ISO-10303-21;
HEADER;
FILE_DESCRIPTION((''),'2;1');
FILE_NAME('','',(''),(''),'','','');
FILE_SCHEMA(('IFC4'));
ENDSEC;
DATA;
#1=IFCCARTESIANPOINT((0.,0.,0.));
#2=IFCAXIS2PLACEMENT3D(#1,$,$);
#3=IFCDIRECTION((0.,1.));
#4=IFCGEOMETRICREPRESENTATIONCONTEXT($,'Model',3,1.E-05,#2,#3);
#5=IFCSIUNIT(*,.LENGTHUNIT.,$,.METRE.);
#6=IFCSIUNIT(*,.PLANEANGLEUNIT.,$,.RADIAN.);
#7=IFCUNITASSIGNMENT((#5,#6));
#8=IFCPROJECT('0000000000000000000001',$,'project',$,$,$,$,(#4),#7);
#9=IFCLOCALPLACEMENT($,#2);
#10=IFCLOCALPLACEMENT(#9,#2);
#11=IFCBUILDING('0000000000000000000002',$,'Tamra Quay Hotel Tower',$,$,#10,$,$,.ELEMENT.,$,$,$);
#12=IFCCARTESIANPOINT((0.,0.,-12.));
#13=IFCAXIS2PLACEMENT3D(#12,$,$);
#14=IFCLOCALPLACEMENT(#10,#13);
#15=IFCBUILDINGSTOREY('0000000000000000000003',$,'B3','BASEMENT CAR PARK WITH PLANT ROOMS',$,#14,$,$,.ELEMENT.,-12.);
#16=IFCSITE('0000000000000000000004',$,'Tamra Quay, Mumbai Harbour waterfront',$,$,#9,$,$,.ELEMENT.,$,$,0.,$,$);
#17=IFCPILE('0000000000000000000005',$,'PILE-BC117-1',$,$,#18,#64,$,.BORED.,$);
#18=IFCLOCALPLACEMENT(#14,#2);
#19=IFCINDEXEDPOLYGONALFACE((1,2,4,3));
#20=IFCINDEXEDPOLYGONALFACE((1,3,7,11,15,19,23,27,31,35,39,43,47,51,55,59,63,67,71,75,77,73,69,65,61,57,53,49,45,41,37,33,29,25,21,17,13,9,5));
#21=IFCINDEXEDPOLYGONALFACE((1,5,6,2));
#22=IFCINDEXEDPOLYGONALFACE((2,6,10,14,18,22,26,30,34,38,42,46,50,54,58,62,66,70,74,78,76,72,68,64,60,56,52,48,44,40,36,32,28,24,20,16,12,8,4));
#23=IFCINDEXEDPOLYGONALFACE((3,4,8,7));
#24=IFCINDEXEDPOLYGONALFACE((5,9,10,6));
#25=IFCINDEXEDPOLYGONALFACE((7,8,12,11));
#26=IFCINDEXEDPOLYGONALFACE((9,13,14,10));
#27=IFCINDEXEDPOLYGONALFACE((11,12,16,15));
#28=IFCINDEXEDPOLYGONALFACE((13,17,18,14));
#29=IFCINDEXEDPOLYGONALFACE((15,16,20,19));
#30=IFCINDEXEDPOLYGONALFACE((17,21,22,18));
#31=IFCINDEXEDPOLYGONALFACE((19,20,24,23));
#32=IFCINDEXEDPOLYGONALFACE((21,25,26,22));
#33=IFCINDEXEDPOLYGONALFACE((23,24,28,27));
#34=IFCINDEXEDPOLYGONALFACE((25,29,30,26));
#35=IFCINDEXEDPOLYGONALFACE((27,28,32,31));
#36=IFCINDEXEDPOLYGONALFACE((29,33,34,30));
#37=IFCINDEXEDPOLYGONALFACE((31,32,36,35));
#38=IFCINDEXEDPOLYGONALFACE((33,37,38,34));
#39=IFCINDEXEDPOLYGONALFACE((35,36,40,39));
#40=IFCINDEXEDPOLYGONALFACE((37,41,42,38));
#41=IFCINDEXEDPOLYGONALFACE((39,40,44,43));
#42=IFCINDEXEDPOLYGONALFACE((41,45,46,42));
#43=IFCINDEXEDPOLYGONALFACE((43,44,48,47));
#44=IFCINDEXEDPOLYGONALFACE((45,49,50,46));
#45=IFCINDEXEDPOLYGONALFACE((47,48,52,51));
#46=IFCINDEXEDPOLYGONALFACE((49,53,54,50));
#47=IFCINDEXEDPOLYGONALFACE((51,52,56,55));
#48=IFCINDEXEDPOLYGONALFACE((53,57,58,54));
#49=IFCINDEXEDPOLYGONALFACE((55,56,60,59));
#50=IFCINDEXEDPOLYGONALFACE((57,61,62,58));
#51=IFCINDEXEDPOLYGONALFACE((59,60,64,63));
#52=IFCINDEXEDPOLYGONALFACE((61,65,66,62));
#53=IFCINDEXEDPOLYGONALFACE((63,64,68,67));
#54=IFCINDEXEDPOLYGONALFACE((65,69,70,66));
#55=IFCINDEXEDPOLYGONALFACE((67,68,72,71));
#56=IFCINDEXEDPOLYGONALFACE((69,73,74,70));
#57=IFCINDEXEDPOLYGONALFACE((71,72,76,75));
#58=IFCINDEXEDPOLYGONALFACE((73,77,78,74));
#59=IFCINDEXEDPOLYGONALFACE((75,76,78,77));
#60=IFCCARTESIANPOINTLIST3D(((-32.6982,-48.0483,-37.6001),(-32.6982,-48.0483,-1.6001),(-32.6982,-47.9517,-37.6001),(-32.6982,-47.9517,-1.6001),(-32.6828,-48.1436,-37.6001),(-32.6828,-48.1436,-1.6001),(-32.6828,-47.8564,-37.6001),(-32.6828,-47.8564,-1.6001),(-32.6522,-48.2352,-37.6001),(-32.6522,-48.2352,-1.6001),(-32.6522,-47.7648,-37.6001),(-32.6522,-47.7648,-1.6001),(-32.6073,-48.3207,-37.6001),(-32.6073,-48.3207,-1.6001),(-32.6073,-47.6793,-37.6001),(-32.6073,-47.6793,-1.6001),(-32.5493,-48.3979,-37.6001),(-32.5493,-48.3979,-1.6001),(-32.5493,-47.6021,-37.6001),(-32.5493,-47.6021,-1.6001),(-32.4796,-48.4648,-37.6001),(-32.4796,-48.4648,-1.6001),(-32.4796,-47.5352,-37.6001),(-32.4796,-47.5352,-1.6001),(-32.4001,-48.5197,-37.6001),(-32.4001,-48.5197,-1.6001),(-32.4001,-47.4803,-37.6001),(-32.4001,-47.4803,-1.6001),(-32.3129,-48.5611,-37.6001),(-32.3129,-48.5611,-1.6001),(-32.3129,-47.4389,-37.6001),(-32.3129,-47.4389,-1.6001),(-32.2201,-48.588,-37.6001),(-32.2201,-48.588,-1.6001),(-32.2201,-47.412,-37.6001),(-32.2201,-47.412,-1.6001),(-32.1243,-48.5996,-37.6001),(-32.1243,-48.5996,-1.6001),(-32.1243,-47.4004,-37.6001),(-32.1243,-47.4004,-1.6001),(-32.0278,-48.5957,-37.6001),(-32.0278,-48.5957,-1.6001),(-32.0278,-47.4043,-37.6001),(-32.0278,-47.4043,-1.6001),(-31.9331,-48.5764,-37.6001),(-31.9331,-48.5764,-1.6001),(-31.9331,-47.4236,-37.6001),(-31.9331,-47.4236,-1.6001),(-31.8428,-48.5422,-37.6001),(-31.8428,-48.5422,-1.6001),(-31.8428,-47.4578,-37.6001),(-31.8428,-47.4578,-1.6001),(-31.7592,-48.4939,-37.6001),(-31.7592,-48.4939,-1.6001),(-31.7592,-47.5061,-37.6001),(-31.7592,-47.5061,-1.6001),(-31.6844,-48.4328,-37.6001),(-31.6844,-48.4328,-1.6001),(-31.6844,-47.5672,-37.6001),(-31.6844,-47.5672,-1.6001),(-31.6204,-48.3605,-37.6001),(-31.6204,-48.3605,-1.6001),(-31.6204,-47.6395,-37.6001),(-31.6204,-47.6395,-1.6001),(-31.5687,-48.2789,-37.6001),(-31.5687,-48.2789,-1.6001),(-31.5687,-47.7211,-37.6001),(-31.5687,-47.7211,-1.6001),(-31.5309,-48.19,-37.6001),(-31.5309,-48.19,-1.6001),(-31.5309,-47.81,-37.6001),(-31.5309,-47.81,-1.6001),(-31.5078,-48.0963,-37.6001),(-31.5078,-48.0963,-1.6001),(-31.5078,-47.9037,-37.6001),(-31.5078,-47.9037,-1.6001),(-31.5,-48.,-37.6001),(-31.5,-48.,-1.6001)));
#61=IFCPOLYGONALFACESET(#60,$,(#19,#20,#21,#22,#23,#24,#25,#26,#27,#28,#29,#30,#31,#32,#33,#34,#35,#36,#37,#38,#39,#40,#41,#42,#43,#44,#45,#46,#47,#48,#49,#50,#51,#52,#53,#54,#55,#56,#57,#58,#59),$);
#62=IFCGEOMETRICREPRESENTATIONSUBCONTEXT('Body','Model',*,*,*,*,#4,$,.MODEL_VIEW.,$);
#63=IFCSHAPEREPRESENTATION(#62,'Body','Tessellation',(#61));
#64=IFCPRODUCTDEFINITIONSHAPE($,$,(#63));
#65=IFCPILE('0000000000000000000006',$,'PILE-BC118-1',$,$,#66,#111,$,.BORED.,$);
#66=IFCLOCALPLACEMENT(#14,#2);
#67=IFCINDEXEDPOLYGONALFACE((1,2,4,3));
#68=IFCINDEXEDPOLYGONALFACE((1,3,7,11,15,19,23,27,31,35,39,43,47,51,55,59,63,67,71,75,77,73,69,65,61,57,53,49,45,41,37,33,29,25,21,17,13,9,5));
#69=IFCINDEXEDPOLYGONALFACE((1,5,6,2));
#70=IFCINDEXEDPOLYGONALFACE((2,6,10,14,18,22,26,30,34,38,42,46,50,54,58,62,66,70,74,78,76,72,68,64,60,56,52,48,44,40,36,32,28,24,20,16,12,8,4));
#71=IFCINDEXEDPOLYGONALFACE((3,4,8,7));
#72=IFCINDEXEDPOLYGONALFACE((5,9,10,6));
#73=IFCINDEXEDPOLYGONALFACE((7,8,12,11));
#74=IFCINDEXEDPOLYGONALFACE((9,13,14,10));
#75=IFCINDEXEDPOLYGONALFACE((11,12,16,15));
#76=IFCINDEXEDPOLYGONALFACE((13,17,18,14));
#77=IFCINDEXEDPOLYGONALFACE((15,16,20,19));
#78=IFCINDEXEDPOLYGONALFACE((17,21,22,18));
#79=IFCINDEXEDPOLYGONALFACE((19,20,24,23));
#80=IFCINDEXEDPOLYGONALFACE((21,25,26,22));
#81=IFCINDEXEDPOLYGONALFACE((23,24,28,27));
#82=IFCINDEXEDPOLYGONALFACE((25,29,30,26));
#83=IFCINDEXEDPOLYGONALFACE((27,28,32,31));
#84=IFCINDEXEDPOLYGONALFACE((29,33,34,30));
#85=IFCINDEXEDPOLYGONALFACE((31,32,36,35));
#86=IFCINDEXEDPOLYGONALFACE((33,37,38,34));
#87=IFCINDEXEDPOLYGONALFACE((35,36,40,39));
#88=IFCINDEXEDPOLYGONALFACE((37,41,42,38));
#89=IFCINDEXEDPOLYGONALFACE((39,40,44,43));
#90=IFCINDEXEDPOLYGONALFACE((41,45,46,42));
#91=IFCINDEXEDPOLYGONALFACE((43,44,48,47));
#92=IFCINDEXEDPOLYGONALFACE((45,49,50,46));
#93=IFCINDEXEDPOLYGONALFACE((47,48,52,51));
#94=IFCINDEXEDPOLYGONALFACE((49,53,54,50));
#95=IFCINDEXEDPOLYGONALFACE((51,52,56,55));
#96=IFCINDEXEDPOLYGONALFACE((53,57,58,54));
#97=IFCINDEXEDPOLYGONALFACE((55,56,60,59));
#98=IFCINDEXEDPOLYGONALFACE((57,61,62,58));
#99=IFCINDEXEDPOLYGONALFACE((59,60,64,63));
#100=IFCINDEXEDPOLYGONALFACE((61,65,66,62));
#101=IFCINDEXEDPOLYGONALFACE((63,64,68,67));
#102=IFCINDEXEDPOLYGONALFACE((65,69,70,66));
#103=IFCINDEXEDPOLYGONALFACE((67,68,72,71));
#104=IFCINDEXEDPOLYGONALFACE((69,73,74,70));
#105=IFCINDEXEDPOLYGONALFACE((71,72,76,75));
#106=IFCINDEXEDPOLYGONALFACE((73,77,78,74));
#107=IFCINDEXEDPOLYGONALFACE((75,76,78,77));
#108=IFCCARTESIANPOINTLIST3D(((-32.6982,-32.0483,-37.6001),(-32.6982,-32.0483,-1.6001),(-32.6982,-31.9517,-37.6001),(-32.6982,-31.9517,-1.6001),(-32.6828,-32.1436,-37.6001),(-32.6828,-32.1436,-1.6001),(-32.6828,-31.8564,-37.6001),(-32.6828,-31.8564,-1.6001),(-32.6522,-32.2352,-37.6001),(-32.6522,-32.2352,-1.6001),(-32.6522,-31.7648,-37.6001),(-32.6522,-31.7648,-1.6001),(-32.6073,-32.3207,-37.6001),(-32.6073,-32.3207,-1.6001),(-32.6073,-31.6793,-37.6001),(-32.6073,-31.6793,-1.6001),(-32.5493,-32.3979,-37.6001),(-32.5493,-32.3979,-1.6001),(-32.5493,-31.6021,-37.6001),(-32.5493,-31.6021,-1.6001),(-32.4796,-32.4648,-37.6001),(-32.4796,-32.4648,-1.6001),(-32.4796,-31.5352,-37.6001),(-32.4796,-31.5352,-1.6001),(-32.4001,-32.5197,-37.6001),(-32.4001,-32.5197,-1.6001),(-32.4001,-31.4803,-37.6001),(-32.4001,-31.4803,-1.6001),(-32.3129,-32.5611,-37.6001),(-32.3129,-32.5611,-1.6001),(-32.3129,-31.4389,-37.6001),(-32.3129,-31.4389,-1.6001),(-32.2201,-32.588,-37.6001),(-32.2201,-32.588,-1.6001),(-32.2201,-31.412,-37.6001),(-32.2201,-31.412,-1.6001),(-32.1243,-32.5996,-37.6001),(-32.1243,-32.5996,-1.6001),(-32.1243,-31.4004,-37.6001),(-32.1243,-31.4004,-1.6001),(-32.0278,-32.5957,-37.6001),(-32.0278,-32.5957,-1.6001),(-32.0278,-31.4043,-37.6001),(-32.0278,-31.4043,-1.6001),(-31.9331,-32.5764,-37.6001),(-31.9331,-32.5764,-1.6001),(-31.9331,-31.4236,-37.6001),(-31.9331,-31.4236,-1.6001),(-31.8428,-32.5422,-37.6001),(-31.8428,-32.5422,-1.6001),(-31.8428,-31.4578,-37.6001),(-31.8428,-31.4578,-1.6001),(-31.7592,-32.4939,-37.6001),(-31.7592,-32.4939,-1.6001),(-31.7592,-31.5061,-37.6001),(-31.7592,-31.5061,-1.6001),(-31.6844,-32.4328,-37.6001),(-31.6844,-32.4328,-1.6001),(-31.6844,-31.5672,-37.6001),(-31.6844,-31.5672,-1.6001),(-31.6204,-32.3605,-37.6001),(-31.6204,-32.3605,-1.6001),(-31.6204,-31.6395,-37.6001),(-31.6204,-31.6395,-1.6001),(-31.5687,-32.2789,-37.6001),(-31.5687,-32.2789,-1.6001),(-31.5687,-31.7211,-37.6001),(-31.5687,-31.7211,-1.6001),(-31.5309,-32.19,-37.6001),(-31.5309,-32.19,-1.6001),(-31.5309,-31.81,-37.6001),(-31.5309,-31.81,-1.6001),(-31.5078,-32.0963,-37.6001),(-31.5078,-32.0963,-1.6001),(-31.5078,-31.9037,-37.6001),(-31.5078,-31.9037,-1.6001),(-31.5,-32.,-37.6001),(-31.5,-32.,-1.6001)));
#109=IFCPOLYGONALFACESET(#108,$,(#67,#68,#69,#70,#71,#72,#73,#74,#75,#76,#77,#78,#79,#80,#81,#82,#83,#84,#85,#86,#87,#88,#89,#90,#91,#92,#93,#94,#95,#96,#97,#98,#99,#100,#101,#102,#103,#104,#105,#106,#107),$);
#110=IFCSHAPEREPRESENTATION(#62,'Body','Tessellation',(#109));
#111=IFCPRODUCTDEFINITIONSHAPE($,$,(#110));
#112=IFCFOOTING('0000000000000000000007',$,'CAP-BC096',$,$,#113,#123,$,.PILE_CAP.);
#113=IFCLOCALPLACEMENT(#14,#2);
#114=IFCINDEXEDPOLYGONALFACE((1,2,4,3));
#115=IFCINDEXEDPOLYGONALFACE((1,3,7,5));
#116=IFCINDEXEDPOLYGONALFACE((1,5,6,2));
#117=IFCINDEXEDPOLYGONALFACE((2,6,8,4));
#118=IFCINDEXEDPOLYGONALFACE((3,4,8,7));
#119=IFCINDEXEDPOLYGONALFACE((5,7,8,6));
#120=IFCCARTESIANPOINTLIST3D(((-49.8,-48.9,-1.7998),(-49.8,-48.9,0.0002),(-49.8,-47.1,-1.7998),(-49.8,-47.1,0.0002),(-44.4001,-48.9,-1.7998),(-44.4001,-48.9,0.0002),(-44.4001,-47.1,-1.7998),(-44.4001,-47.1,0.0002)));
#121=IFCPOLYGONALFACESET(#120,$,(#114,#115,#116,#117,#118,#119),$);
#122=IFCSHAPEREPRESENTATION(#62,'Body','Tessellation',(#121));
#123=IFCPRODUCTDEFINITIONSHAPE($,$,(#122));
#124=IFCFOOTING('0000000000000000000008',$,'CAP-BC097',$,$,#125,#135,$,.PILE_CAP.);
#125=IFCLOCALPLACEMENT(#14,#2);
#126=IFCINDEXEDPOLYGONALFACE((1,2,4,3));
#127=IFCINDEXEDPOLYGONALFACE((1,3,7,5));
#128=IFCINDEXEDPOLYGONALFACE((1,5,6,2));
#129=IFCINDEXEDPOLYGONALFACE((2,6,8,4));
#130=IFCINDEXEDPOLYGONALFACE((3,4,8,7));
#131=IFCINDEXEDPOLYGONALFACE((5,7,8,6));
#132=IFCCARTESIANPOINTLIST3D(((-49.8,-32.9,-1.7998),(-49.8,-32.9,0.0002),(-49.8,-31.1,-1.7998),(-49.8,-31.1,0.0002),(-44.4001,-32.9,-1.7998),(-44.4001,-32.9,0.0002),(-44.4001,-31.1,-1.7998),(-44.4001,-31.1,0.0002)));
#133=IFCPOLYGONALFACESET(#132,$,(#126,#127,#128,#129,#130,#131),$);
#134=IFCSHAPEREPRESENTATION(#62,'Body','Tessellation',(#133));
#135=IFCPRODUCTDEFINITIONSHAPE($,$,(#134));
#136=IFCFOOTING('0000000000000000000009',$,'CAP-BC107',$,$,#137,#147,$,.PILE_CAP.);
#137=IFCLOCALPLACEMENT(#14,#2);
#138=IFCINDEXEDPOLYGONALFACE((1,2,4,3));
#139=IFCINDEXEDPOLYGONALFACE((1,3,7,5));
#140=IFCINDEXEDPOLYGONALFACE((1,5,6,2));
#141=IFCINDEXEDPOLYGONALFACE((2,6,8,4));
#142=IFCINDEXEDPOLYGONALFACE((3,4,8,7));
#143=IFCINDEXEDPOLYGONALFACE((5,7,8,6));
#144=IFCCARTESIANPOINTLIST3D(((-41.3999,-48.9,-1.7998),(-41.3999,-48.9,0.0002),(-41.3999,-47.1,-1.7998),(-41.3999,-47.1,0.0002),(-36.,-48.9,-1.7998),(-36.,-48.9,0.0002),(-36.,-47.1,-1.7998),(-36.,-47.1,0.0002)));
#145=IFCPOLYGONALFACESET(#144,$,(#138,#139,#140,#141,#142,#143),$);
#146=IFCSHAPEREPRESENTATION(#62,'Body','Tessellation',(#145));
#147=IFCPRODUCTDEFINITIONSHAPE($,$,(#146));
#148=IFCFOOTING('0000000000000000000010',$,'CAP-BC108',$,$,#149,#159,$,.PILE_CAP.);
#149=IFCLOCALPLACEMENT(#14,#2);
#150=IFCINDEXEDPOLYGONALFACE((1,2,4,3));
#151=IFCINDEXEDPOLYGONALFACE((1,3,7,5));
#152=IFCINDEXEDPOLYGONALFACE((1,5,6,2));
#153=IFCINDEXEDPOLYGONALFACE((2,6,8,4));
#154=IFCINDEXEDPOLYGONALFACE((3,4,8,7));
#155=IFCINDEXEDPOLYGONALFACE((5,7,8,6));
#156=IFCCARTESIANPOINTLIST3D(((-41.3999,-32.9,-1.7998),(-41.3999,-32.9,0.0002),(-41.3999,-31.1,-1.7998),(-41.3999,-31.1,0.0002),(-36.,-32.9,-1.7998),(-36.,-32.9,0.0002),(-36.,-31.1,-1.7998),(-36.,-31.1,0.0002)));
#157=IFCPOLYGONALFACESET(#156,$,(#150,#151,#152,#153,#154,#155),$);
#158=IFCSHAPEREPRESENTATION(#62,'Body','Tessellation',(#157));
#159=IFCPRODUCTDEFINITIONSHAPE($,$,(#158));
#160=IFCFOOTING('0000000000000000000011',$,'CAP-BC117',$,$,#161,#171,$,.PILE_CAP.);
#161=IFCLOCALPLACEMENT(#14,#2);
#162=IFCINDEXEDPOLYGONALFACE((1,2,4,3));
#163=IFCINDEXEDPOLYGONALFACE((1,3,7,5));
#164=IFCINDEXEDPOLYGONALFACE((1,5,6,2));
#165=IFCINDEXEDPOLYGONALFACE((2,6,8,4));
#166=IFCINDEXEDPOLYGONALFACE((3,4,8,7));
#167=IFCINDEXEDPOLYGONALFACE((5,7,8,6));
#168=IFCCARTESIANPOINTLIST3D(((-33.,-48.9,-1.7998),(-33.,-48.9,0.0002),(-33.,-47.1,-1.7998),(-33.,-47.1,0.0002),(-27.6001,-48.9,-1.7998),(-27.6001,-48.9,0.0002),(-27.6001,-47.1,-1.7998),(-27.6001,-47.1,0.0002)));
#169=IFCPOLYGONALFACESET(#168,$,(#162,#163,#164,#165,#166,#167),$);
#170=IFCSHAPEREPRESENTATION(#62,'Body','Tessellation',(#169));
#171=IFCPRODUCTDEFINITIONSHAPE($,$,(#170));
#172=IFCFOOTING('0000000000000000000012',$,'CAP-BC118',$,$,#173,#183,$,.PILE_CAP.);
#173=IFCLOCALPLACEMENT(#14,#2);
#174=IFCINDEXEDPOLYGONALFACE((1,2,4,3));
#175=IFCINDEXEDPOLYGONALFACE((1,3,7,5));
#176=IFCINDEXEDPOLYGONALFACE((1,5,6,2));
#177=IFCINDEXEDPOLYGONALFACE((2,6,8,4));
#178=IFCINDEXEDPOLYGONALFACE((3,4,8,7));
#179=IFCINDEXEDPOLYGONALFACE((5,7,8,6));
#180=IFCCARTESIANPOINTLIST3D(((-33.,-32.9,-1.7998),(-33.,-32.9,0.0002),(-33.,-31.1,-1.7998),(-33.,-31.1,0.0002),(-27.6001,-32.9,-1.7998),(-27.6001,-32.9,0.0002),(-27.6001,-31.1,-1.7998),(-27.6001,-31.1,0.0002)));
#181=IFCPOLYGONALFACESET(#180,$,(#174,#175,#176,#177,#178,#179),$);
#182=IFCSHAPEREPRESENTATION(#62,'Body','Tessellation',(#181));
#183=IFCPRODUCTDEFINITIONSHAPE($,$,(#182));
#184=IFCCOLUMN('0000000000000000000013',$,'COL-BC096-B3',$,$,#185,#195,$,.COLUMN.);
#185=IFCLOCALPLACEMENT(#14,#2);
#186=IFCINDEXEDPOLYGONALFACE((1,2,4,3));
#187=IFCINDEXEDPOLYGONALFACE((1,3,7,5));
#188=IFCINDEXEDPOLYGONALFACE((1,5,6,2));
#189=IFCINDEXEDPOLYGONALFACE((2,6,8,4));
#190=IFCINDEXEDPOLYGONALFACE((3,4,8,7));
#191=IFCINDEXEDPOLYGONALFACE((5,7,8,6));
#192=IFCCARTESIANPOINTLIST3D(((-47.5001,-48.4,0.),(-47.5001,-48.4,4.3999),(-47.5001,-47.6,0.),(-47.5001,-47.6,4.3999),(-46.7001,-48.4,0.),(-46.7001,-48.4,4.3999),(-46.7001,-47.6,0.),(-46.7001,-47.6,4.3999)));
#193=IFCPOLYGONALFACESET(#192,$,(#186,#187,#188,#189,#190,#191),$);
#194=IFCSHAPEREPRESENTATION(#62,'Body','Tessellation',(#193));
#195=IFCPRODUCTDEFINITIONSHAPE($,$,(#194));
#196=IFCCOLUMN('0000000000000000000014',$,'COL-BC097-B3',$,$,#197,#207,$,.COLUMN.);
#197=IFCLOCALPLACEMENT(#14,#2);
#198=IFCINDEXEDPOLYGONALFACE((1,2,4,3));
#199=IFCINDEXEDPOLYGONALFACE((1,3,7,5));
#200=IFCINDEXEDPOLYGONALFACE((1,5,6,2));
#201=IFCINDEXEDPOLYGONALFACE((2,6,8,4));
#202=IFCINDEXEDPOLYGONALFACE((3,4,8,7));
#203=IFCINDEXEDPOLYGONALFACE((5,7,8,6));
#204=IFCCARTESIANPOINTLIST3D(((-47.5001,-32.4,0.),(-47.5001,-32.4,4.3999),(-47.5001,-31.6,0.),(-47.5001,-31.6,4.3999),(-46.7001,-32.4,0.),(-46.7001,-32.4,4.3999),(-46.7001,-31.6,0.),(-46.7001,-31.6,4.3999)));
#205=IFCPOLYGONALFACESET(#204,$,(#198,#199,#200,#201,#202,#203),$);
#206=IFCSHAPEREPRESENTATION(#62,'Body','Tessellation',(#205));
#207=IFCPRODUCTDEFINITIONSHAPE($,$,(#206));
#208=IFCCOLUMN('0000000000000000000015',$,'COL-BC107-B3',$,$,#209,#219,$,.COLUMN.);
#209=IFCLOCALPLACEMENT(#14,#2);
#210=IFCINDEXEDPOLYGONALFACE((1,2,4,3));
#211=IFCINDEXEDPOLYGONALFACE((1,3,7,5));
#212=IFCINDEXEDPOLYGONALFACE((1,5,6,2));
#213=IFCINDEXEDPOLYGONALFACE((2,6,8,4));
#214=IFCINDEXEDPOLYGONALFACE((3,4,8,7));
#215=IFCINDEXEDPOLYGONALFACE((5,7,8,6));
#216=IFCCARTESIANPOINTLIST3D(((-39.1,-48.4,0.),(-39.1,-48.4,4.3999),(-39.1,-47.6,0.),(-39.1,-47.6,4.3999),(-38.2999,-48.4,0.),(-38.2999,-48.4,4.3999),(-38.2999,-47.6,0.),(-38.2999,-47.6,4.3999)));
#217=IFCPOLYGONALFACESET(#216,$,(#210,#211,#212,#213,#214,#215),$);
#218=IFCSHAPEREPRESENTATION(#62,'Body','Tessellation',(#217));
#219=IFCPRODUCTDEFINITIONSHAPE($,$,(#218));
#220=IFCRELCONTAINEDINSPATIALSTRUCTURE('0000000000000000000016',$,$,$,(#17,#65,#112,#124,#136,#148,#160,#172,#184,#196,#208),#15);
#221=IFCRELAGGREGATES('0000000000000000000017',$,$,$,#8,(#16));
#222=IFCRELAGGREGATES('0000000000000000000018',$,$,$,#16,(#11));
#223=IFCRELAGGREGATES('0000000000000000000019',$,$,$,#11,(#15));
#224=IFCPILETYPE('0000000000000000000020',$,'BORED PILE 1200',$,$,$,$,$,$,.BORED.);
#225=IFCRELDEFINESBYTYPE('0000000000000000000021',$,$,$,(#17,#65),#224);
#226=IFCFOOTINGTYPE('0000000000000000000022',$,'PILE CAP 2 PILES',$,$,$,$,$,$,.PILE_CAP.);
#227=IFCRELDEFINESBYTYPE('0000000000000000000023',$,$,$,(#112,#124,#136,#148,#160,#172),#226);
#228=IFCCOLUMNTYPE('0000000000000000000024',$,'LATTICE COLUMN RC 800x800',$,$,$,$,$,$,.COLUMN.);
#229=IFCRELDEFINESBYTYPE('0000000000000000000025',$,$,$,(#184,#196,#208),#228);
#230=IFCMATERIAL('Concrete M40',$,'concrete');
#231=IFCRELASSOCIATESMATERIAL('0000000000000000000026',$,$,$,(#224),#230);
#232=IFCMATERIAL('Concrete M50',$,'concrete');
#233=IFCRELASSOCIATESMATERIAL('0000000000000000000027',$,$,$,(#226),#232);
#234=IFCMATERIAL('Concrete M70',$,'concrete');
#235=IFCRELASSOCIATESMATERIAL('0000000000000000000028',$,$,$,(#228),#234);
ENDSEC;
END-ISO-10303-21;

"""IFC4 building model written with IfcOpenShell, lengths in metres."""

from ifc_helpers import new_model, si_unit, direction, frame, origin, origin_2d, place, context, subcontext, project, spatial, rectangle, circle, extrude, material, material_profile, profile_set, type_object, element, save


model = new_model("IFC4")

# Units and contexts
model_context = context("Model", 3, precision=1e-05, world=origin(), true_north=direction((0.0, 1.0)))
body_context = subcontext(model_context, "Body", "Model", "MODEL_VIEW")
ifc_project = project(units=[si_unit("LENGTHUNIT", "METRE"), si_unit("PLANEANGLEUNIT", "RADIAN")], contexts=[model_context])

# Site, building, storey
site_placement = place(None, origin())
site = spatial("IfcSite", under=ifc_project, at=site_placement, Name="Tamra Quay, Mumbai Harbour waterfront", CompositionType="ELEMENT", RefElevation=0.0)
building_placement = place(site_placement, origin())
building = spatial("IfcBuilding", under=site, at=building_placement, Name="Tamra Quay Hotel Tower", CompositionType="ELEMENT")
storey_placement = place(building_placement, frame((0.0, 0.0, -12.0)))
storey = spatial("IfcBuildingStorey", under=building, at=storey_placement, Name="B3", Description="BASEMENT CAR PARK WITH PLANT ROOMS", CompositionType="ELEMENT", Elevation=-12.0)

# Piles
ifc_material_1 = material(Name="Concrete M40", Category="concrete")
ifc_material_profile_1 = material_profile(ifc_material_1, circle(Radius=0.6001, at=origin_2d()), Name="BORED PILE 1200")
ifc_profile_set_1 = profile_set([ifc_material_profile_1], Name="Concrete M40")
pile_type = type_object("IfcPileType", Name="BORED PILE 1200", PredefinedType="BORED", material=ifc_profile_set_1)
for number, where, z_axis, x_axis, name in (
    (1, (-32.1001, -48.0, -1.6001), (0.0, 0.0, -1.0), (1.0, 0.0, 0.0), "PILE-BC117-1"),
    (2, (-32.1001, -32.0, -1.6001), (0.0, 0.0, -1.0), (1.0, 0.0, 0.0), "PILE-BC118-1"),
):
    element("IfcPile", number, at=place(storey_placement, frame(where, z_axis=z_axis, x_axis=x_axis)), inside=storey, type_object=pile_type, Name=name, PredefinedType="BORED", context=body_context, shape_type="SweptSolid", body=[
        extrude(circle(Radius=0.6001, at=origin_2d()), origin(), (0.0, 0.0, 1.0), 36.0),
    ])

# Footings
ifc_material_2 = material(Name="Concrete M50", Category="concrete")
footing_type = type_object("IfcFootingType", Name="PILE CAP 2 PILES", PredefinedType="PILE_CAP", material=ifc_material_2)
for number, where, z_axis, x_axis, name in (
    (3, (-47.1001, -48.0, -1.7998), (0.0, 0.0, 1.0), (1.0, 0.0, 0.0), "CAP-BC096"),
    (4, (-47.1001, -32.0, -1.7998), (0.0, 0.0, 1.0), (1.0, 0.0, 0.0), "CAP-BC097"),
    (5, (-38.7, -48.0, -1.7998), (0.0, 0.0, 1.0), (1.0, 0.0, 0.0), "CAP-BC107"),
    (6, (-38.7, -32.0, -1.7998), (0.0, 0.0, 1.0), (1.0, 0.0, 0.0), "CAP-BC108"),
    (7, (-30.3, -48.0, -1.7998), (0.0, 0.0, 1.0), (1.0, 0.0, 0.0), "CAP-BC117"),
    (8, (-30.3, -32.0, -1.7998), (0.0, 0.0, 1.0), (1.0, 0.0, 0.0), "CAP-BC118"),
):
    element("IfcFooting", number, at=place(storey_placement, frame(where, z_axis=z_axis, x_axis=x_axis)), inside=storey, type_object=footing_type, Name=name, PredefinedType="PILE_CAP", context=body_context, shape_type="SweptSolid", body=[
        extrude(rectangle(XDim=5.3999, YDim=1.8, at=origin_2d()), origin(), (0.0, 0.0, 1.0), 1.8),
    ])

# Columns
ifc_material_3 = material(Name="Concrete M70", Category="concrete")
ifc_material_profile_2 = material_profile(ifc_material_3, rectangle(XDim=0.8, YDim=0.8, at=origin_2d()), Name="LATTICE COLUMN RC 800x800")
ifc_profile_set_2 = profile_set([ifc_material_profile_2], Name="Concrete M70")
column_type = type_object("IfcColumnType", Name="LATTICE COLUMN RC 800x800", PredefinedType="COLUMN", material=ifc_profile_set_2)
for number, where, z_axis, x_axis, name in (
    (9, (-47.1001, -48.0, 0.0), (0.0, 0.0, 1.0), (1.0, 0.0, 0.0), "COL-BC096-B3"),
    (10, (-47.1001, -32.0, 0.0), (0.0, 0.0, 1.0), (1.0, 0.0, 0.0), "COL-BC097-B3"),
    (11, (-38.7, -48.0, 0.0), (0.0, 0.0, 1.0), (1.0, 0.0, 0.0), "COL-BC107-B3"),
):
    element("IfcColumn", number, at=place(storey_placement, frame(where, z_axis=z_axis, x_axis=x_axis)), inside=storey, type_object=column_type, Name=name, PredefinedType="COLUMN", context=body_context, shape_type="SweptSolid", body=[
        extrude(rectangle(XDim=0.8, YDim=0.8, at=origin_2d()), origin(), (0.0, 0.0, 1.0), 4.3999),
    ])

save(model, "model.ifc")
